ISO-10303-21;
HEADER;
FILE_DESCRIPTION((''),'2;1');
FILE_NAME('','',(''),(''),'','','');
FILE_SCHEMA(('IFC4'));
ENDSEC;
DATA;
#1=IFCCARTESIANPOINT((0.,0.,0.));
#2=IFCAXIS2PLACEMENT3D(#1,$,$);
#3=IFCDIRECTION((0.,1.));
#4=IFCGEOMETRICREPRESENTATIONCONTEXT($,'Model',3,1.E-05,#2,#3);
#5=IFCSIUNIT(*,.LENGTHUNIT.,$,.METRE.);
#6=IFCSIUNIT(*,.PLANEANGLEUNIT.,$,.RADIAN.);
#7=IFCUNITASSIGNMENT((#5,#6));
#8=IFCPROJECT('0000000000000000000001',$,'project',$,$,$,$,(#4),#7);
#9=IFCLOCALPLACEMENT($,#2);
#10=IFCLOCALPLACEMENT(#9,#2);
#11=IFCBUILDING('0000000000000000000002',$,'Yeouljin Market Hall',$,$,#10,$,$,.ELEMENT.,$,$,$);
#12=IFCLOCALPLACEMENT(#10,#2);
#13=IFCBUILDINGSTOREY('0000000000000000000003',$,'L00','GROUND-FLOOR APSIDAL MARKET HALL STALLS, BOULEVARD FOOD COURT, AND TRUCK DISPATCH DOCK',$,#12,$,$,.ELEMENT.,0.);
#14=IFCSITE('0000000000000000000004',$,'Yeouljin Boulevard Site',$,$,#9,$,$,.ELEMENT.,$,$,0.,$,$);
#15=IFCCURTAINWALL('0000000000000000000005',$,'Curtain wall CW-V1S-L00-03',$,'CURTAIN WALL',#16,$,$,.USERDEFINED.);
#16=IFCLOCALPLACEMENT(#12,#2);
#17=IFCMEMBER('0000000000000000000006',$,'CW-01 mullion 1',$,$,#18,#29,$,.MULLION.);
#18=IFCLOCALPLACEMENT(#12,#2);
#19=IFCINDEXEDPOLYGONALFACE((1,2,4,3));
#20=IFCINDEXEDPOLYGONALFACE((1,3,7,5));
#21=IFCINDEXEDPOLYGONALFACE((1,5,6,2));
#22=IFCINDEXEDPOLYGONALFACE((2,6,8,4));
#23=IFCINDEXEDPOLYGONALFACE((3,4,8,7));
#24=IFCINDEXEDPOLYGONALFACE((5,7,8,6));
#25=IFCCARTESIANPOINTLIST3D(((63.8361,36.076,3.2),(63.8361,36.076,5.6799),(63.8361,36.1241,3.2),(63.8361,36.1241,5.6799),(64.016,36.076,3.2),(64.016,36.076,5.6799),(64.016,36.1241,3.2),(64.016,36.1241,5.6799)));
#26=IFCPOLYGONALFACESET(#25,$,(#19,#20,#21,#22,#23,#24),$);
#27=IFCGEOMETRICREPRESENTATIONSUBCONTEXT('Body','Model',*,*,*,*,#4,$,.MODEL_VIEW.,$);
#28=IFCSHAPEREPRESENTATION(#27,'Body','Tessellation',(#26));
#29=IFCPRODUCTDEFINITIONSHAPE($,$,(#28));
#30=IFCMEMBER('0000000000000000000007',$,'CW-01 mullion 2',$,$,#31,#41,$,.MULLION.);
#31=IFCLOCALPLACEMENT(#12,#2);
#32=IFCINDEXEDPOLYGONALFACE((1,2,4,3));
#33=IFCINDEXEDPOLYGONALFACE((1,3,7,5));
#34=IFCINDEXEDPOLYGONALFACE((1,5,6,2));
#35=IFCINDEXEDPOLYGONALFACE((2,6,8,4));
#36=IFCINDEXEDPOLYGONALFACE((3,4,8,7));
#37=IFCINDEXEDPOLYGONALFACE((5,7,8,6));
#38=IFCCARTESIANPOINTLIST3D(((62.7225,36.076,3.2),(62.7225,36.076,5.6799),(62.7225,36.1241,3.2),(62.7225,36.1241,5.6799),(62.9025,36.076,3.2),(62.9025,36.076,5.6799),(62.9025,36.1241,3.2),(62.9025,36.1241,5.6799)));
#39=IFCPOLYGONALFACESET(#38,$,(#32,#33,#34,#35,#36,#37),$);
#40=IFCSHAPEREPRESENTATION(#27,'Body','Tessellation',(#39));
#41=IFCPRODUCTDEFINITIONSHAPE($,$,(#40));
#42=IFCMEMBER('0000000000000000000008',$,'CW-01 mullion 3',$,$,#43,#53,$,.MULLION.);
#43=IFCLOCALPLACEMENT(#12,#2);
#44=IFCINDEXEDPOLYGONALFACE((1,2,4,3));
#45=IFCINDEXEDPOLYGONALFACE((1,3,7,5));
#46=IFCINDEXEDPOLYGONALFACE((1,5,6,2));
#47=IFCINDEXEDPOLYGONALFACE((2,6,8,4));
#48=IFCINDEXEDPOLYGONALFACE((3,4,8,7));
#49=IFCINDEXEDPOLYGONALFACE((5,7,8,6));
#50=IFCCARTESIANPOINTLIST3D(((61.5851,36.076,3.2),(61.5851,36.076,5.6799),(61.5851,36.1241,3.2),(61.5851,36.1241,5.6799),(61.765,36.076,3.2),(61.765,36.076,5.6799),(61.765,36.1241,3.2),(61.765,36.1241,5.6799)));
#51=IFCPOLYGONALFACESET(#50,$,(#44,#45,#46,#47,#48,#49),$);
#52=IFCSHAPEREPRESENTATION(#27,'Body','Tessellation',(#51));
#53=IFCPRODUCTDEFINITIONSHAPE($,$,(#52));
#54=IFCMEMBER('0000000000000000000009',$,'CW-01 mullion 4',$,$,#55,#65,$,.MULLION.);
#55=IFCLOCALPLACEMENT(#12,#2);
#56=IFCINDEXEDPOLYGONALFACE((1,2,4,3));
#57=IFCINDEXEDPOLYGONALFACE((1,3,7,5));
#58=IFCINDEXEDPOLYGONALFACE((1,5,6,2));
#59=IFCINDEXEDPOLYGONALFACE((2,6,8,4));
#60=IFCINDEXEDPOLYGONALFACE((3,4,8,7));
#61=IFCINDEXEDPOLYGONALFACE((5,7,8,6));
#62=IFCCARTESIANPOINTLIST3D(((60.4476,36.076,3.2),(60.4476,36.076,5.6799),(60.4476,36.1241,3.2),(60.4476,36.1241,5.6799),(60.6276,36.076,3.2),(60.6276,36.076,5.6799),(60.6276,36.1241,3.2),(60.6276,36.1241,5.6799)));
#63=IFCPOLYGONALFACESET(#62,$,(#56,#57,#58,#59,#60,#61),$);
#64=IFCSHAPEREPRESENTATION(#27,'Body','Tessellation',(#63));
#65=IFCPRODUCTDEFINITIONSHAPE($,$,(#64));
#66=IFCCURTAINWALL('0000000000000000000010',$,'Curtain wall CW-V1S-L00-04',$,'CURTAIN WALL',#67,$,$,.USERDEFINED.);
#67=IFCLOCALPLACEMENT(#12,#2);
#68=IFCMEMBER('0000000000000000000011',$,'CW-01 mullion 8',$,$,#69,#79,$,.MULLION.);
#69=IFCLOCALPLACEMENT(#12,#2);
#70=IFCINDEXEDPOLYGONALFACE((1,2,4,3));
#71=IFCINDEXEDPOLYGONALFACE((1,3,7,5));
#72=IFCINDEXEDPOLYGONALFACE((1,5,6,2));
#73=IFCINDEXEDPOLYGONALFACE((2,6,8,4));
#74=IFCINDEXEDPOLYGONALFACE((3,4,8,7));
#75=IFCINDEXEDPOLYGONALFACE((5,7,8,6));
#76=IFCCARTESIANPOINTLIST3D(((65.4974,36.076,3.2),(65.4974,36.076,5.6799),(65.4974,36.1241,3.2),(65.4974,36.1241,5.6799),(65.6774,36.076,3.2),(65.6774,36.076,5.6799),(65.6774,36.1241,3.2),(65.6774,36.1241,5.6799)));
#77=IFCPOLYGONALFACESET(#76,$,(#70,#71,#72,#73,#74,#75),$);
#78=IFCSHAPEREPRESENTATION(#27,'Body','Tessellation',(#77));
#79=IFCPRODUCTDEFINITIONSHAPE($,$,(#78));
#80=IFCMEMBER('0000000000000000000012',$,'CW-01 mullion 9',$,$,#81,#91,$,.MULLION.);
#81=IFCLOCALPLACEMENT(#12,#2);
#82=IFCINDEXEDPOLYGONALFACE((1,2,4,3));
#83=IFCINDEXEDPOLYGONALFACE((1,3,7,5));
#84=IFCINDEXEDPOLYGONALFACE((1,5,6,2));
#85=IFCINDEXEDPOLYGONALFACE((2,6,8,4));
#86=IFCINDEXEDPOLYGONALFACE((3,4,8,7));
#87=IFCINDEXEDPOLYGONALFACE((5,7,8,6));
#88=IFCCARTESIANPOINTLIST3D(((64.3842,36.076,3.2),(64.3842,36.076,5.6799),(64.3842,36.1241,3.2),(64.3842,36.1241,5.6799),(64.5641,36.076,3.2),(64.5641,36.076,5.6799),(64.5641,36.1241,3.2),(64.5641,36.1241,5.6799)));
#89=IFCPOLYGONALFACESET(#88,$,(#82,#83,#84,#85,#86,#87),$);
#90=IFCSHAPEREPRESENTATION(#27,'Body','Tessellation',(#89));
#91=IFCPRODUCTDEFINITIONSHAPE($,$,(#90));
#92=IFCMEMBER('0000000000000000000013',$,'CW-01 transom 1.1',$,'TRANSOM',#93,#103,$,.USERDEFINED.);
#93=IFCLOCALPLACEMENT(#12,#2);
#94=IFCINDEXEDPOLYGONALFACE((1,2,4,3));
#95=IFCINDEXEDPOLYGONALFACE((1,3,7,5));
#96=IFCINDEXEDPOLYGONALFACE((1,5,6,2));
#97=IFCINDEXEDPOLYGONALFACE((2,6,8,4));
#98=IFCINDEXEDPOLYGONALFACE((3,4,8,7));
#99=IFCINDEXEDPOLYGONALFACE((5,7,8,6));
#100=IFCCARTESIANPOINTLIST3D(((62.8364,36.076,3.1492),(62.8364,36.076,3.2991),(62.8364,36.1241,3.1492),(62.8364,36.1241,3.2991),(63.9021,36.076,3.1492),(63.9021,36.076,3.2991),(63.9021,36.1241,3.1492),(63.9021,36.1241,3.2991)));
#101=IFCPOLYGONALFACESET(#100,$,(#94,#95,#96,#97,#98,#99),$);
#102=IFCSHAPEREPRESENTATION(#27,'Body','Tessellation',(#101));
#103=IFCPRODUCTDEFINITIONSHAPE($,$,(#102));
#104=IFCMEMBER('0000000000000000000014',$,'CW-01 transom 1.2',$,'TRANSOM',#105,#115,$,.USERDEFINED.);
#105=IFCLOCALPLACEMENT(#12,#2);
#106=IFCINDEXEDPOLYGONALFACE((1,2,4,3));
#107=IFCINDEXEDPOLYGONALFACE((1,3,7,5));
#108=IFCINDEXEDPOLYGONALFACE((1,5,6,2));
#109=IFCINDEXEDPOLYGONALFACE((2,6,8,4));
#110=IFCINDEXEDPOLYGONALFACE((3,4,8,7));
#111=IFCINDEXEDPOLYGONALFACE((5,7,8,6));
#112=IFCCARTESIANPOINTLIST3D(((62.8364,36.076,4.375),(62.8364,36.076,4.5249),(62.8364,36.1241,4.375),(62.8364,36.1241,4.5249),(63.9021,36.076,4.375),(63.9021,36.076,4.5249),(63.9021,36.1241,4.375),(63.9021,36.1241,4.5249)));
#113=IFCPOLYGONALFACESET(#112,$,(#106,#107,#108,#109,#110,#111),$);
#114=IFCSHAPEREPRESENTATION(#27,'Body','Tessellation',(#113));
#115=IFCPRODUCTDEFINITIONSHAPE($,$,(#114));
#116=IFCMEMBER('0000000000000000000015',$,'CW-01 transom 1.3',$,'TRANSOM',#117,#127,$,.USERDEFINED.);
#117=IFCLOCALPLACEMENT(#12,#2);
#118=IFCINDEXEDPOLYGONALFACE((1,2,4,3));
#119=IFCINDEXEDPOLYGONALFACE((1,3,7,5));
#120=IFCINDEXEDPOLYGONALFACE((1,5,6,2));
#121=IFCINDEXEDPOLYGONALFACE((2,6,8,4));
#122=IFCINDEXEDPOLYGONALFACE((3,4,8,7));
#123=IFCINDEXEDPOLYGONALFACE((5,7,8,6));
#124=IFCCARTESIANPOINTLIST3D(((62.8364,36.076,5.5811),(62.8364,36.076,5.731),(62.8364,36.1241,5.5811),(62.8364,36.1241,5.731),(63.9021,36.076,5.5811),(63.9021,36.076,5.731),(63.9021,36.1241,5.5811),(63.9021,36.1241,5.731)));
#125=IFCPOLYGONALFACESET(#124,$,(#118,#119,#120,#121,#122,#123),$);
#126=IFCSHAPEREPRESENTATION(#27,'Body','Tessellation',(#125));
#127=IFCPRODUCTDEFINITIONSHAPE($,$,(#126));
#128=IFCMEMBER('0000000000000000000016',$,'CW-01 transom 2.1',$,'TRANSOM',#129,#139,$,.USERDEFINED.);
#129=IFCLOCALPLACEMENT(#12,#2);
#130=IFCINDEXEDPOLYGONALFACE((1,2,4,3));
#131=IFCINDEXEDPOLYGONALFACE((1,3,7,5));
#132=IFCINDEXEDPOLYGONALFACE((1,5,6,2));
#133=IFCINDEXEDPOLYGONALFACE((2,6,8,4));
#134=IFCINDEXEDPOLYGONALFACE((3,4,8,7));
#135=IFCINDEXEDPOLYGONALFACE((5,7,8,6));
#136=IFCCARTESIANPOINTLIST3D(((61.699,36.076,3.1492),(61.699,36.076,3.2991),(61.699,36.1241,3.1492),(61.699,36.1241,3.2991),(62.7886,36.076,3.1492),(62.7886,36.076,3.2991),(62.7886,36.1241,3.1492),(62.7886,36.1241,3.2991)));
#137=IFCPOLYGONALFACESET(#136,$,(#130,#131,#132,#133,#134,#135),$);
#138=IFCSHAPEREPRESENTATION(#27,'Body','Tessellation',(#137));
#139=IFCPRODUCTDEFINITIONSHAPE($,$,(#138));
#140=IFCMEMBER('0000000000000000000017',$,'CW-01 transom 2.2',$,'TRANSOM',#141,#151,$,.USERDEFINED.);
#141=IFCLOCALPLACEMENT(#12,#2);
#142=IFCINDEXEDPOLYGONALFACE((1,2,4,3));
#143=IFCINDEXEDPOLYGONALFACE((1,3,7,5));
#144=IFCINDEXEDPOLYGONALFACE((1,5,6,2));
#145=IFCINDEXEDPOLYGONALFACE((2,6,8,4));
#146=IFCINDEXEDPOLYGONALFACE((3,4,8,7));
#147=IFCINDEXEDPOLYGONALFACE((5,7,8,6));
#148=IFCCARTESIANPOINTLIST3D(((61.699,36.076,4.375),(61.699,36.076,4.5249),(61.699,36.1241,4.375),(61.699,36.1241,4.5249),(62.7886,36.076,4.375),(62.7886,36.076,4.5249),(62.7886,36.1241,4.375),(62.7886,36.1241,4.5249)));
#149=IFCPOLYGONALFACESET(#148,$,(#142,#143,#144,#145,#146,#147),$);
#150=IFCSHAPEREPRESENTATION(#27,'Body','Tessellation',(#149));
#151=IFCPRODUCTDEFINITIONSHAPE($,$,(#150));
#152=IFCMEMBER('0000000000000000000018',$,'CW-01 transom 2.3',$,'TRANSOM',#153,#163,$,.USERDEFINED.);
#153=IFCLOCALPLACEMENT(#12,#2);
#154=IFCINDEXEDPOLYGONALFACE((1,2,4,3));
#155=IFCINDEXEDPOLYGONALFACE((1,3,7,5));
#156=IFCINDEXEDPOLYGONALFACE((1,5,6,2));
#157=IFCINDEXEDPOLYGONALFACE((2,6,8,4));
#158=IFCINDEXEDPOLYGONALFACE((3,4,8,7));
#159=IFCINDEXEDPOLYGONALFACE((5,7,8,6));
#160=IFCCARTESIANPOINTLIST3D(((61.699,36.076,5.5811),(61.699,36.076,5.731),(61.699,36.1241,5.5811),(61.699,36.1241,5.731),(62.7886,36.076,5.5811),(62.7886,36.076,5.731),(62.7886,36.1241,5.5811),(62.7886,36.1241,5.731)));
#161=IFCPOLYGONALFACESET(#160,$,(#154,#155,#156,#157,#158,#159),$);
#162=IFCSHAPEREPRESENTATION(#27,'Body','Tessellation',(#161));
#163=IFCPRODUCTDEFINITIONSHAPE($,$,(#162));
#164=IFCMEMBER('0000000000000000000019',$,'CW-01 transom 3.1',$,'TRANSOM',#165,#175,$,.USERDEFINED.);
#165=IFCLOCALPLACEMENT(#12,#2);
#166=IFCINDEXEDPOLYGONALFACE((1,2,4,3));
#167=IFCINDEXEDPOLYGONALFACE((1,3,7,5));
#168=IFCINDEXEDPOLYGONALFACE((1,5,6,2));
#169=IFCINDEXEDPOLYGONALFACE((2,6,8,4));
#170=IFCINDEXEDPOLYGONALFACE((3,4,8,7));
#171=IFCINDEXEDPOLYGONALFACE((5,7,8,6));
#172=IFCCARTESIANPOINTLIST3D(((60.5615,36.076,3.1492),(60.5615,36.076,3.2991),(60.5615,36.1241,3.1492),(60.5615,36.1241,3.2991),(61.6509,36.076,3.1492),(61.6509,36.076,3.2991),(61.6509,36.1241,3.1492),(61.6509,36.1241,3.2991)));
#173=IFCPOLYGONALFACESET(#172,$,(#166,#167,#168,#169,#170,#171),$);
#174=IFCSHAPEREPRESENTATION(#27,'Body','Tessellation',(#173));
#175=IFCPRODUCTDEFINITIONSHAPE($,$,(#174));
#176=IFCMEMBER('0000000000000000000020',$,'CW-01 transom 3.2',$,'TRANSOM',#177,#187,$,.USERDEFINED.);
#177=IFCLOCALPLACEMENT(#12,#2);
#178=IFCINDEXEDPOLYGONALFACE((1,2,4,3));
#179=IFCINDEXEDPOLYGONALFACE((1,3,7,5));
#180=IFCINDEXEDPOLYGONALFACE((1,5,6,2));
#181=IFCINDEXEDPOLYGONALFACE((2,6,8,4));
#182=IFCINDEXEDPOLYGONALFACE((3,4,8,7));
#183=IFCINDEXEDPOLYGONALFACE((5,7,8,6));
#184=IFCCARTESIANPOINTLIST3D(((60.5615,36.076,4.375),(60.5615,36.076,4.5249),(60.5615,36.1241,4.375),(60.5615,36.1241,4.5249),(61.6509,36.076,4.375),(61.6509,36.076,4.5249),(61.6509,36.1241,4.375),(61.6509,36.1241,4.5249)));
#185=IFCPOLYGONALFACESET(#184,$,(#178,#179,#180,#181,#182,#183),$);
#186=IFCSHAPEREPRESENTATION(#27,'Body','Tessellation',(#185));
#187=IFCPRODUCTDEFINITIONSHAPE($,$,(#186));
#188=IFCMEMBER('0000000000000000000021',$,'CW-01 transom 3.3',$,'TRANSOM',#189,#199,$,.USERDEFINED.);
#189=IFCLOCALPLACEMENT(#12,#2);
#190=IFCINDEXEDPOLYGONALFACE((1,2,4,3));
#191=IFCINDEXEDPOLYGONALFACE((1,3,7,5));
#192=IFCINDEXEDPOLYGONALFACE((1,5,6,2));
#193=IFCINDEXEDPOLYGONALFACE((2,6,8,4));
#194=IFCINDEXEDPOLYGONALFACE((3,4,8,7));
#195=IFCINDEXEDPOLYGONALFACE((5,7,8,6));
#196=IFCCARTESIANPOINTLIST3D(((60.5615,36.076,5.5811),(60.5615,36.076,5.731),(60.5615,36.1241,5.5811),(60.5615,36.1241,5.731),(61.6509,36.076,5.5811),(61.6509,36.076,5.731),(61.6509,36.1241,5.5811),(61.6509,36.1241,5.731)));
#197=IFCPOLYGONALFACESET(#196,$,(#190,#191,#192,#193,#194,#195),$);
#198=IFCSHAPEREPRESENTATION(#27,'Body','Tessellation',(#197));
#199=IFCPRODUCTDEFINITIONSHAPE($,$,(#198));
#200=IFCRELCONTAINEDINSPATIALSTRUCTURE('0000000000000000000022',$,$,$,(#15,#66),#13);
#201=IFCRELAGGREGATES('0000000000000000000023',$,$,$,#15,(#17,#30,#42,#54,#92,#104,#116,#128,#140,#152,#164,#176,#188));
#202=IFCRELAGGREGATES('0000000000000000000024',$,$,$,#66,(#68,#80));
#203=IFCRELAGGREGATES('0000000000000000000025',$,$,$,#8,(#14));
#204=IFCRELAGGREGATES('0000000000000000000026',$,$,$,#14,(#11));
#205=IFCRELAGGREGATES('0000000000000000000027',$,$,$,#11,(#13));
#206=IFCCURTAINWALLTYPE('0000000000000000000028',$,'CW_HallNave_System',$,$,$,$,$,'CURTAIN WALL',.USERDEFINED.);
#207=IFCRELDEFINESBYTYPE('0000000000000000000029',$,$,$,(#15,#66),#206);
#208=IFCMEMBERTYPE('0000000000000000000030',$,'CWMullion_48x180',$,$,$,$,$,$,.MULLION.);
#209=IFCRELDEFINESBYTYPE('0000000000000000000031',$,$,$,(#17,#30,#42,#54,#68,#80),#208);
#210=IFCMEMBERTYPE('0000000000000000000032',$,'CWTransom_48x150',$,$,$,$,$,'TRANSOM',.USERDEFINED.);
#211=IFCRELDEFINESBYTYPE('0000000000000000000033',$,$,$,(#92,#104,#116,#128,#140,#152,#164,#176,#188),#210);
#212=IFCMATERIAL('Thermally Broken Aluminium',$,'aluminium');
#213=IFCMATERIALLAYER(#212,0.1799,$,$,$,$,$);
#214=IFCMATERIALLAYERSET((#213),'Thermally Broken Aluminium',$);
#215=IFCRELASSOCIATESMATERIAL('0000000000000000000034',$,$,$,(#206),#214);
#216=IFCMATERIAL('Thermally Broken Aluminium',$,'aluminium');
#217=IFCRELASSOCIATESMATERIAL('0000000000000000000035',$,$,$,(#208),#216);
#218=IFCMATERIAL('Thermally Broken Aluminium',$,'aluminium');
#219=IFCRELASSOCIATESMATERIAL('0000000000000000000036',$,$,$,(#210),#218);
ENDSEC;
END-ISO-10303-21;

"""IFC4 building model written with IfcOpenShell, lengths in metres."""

from ifc_helpers import new_model, si_unit, direction, frame, origin, origin_2d, place, context, subcontext, project, spatial, rectangle, extrude, material, layer, layer_set, material_profile, profile_set, type_object, element, aggregate, save


model = new_model("IFC4")

# Units and contexts
model_context = context("Model", 3, precision=1e-05, world=origin(), true_north=direction((0.0, 1.0)))
body_context = subcontext(model_context, "Body", "Model", "MODEL_VIEW")
ifc_project = project(units=[si_unit("LENGTHUNIT", "METRE"), si_unit("PLANEANGLEUNIT", "RADIAN")], contexts=[model_context])

# Site, building, storey
site_placement = place(None, origin())
site = spatial("IfcSite", under=ifc_project, at=site_placement, Name="Yeouljin Boulevard Site", CompositionType="ELEMENT", RefElevation=0.0)
building_placement = place(site_placement, origin())
building = spatial("IfcBuilding", under=site, at=building_placement, Name="Yeouljin Market Hall", CompositionType="ELEMENT")
storey_placement = place(building_placement, origin())
storey = spatial("IfcBuildingStorey", under=building, at=storey_placement, Name="L00", Description="GROUND-FLOOR APSIDAL MARKET HALL STALLS, BOULEVARD FOOD COURT, AND TRUCK DISPATCH DOCK", CompositionType="ELEMENT", Elevation=0.0)

# Curtain walls, members
ifc_material_1 = material(Name="Thermally Broken Aluminium", Category="aluminium")
ifc_layer_1 = layer(ifc_material_1, 0.1799)
ifc_layer_set_1 = layer_set([ifc_layer_1], Name="Thermally Broken Aluminium")
curtain_wall_type = type_object("IfcCurtainWallType", Name="CW_HallNave_System", ElementType="CURTAIN WALL", PredefinedType="USERDEFINED", material=ifc_layer_set_1)
curtain_wall_1_placement = place(storey_placement, origin())
curtain_wall_1 = element("IfcCurtainWall", 1, at=curtain_wall_1_placement, inside=storey, type_object=curtain_wall_type, Name="Curtain wall CW-V1S-L00-03", ObjectType="CURTAIN WALL", PredefinedType="USERDEFINED")
ifc_material_2 = material(Name="Thermally Broken Aluminium", Category="aluminium")
ifc_material_profile_1 = material_profile(ifc_material_2, rectangle(XDim=0.0481, YDim=0.1799, at=origin_2d()), Name="CW-MULL-48x180")
ifc_profile_set_1 = profile_set([ifc_material_profile_1], Name="Thermally Broken Aluminium")
member_type_1 = type_object("IfcMemberType", Name="CWMullion_48x180", PredefinedType="MULLION", material=ifc_profile_set_1)
member_1_placement = place(storey_placement, frame((63.926, 36.1001, 3.2), z_axis=(0.0, 0.0, 1.0), x_axis=(0.0, -1.0, 0.0)))
member_1 = element("IfcMember", 2, at=member_1_placement, type_object=member_type_1, Name="CW-01 mullion 1", PredefinedType="MULLION", context=body_context, shape_type="SweptSolid", body=[
    extrude(rectangle(XDim=0.0481, YDim=0.1799, at=origin_2d()), origin(), (0.0, 0.0, 1.0), 2.48),
])
member_2_placement = place(storey_placement, frame((62.8125, 36.1001, 3.2), z_axis=(0.0, 0.0, 1.0), x_axis=(0.0, -1.0, 0.0)))
member_2 = element("IfcMember", 3, at=member_2_placement, type_object=member_type_1, Name="CW-01 mullion 2", PredefinedType="MULLION", context=body_context, shape_type="SweptSolid", body=[
    extrude(rectangle(XDim=0.0481, YDim=0.1799, at=origin_2d()), origin(), (0.0, 0.0, 1.0), 2.48),
])
member_3_placement = place(storey_placement, frame((61.675, 36.1001, 3.2), z_axis=(0.0, 0.0, 1.0), x_axis=(0.0, -1.0, 0.0)))
member_3 = element("IfcMember", 4, at=member_3_placement, type_object=member_type_1, Name="CW-01 mullion 3", PredefinedType="MULLION", context=body_context, shape_type="SweptSolid", body=[
    extrude(rectangle(XDim=0.0481, YDim=0.1799, at=origin_2d()), origin(), (0.0, 0.0, 1.0), 2.48),
])
member_4_placement = place(storey_placement, frame((60.5376, 36.1001, 3.2), z_axis=(0.0, 0.0, 1.0), x_axis=(0.0, -1.0, 0.0)))
member_4 = element("IfcMember", 5, at=member_4_placement, type_object=member_type_1, Name="CW-01 mullion 4", PredefinedType="MULLION", context=body_context, shape_type="SweptSolid", body=[
    extrude(rectangle(XDim=0.0481, YDim=0.1799, at=origin_2d()), origin(), (0.0, 0.0, 1.0), 2.48),
])
curtain_wall_2_placement = place(storey_placement, origin())
curtain_wall_2 = element("IfcCurtainWall", 6, at=curtain_wall_2_placement, inside=storey, type_object=curtain_wall_type, Name="Curtain wall CW-V1S-L00-04", ObjectType="CURTAIN WALL", PredefinedType="USERDEFINED")
member_5_placement = place(storey_placement, frame((65.5874, 36.1001, 3.2), z_axis=(0.0, 0.0, 1.0), x_axis=(0.0, -1.0, 0.0)))
member_5 = element("IfcMember", 7, at=member_5_placement, type_object=member_type_1, Name="CW-01 mullion 8", PredefinedType="MULLION", context=body_context, shape_type="SweptSolid", body=[
    extrude(rectangle(XDim=0.0481, YDim=0.1799, at=origin_2d()), origin(), (0.0, 0.0, 1.0), 2.48),
])
member_6_placement = place(storey_placement, frame((64.4741, 36.1001, 3.2), z_axis=(0.0, 0.0, 1.0), x_axis=(0.0, -1.0, 0.0)))
member_6 = element("IfcMember", 8, at=member_6_placement, type_object=member_type_1, Name="CW-01 mullion 9", PredefinedType="MULLION", context=body_context, shape_type="SweptSolid", body=[
    extrude(rectangle(XDim=0.0481, YDim=0.1799, at=origin_2d()), origin(), (0.0, 0.0, 1.0), 2.48),
])

# Members
ifc_material_3 = material(Name="Thermally Broken Aluminium", Category="aluminium")
ifc_material_profile_2 = material_profile(ifc_material_3, rectangle(XDim=0.0481, YDim=0.1499, at=origin_2d()), Name="CW-TRAN-48x150")
ifc_profile_set_2 = profile_set([ifc_material_profile_2], Name="Thermally Broken Aluminium")
member_type_2 = type_object("IfcMemberType", Name="CWTransom_48x150", ElementType="TRANSOM", PredefinedType="USERDEFINED", material=ifc_profile_set_2)
member_7_placement = place(storey_placement, frame((63.9021, 36.1001, 3.2241), z_axis=(-1.0, 0.0, 0.0), x_axis=(0.0, -1.0, 0.0)))
member_7 = element("IfcMember", 9, at=member_7_placement, type_object=member_type_2, Name="CW-01 transom 1.1", ObjectType="TRANSOM", PredefinedType="USERDEFINED", context=body_context, shape_type="SweptSolid", body=[
    extrude(rectangle(XDim=0.0481, YDim=0.1499, at=origin_2d()), origin(), (0.0, 0.0, 1.0), 1.0657),
])
member_8_placement = place(storey_placement, frame((63.9021, 36.1001, 4.45), z_axis=(-1.0, 0.0, 0.0), x_axis=(0.0, -1.0, 0.0)))
member_8 = element("IfcMember", 10, at=member_8_placement, type_object=member_type_2, Name="CW-01 transom 1.2", ObjectType="TRANSOM", PredefinedType="USERDEFINED", context=body_context, shape_type="SweptSolid", body=[
    extrude(rectangle(XDim=0.0481, YDim=0.1499, at=origin_2d()), origin(), (0.0, 0.0, 1.0), 1.0657),
])
member_9_placement = place(storey_placement, frame((63.9021, 36.1001, 5.656), z_axis=(-1.0, 0.0, 0.0), x_axis=(0.0, -1.0, 0.0)))
member_9 = element("IfcMember", 11, at=member_9_placement, type_object=member_type_2, Name="CW-01 transom 1.3", ObjectType="TRANSOM", PredefinedType="USERDEFINED", context=body_context, shape_type="SweptSolid", body=[
    extrude(rectangle(XDim=0.0481, YDim=0.1499, at=origin_2d()), origin(), (0.0, 0.0, 1.0), 1.0657),
])
member_10_placement = place(storey_placement, frame((62.7886, 36.1001, 3.2241), z_axis=(-1.0, 0.0, 0.0), x_axis=(0.0, -1.0, 0.0)))
member_10 = element("IfcMember", 12, at=member_10_placement, type_object=member_type_2, Name="CW-01 transom 2.1", ObjectType="TRANSOM", PredefinedType="USERDEFINED", context=body_context, shape_type="SweptSolid", body=[
    extrude(rectangle(XDim=0.0481, YDim=0.1499, at=origin_2d()), origin(), (0.0, 0.0, 1.0), 1.0896),
])
member_11_placement = place(storey_placement, frame((62.7886, 36.1001, 4.45), z_axis=(-1.0, 0.0, 0.0), x_axis=(0.0, -1.0, 0.0)))
member_11 = element("IfcMember", 13, at=member_11_placement, type_object=member_type_2, Name="CW-01 transom 2.2", ObjectType="TRANSOM", PredefinedType="USERDEFINED", context=body_context, shape_type="SweptSolid", body=[
    extrude(rectangle(XDim=0.0481, YDim=0.1499, at=origin_2d()), origin(), (0.0, 0.0, 1.0), 1.0896),
])
member_12_placement = place(storey_placement, frame((62.7886, 36.1001, 5.656), z_axis=(-1.0, 0.0, 0.0), x_axis=(0.0, -1.0, 0.0)))
member_12 = element("IfcMember", 14, at=member_12_placement, type_object=member_type_2, Name="CW-01 transom 2.3", ObjectType="TRANSOM", PredefinedType="USERDEFINED", context=body_context, shape_type="SweptSolid", body=[
    extrude(rectangle(XDim=0.0481, YDim=0.1499, at=origin_2d()), origin(), (0.0, 0.0, 1.0), 1.0896),
])
member_13_placement = place(storey_placement, frame((61.6509, 36.1001, 3.2241), z_axis=(-1.0, 0.0, 0.0), x_axis=(0.0, -1.0, 0.0)))
member_13 = element("IfcMember", 15, at=member_13_placement, type_object=member_type_2, Name="CW-01 transom 3.1", ObjectType="TRANSOM", PredefinedType="USERDEFINED", context=body_context, shape_type="SweptSolid", body=[
    extrude(rectangle(XDim=0.0481, YDim=0.1499, at=origin_2d()), origin(), (0.0, 0.0, 1.0), 1.0894),
])
member_14_placement = place(storey_placement, frame((61.6509, 36.1001, 4.45), z_axis=(-1.0, 0.0, 0.0), x_axis=(0.0, -1.0, 0.0)))
member_14 = element("IfcMember", 16, at=member_14_placement, type_object=member_type_2, Name="CW-01 transom 3.2", ObjectType="TRANSOM", PredefinedType="USERDEFINED", context=body_context, shape_type="SweptSolid", body=[
    extrude(rectangle(XDim=0.0481, YDim=0.1499, at=origin_2d()), origin(), (0.0, 0.0, 1.0), 1.0894),
])
member_15_placement = place(storey_placement, frame((61.6509, 36.1001, 5.656), z_axis=(-1.0, 0.0, 0.0), x_axis=(0.0, -1.0, 0.0)))
member_15 = element("IfcMember", 17, at=member_15_placement, type_object=member_type_2, Name="CW-01 transom 3.3", ObjectType="TRANSOM", PredefinedType="USERDEFINED", context=body_context, shape_type="SweptSolid", body=[
    extrude(rectangle(XDim=0.0481, YDim=0.1499, at=origin_2d()), origin(), (0.0, 0.0, 1.0), 1.0894),
])

aggregate(curtain_wall_1, [member_1, member_2, member_3, member_4, member_7, member_8, member_9, member_10, member_11, member_12, member_13, member_14, member_15])
aggregate(curtain_wall_2, [member_5, member_6])

save(model, "model.ifc")
